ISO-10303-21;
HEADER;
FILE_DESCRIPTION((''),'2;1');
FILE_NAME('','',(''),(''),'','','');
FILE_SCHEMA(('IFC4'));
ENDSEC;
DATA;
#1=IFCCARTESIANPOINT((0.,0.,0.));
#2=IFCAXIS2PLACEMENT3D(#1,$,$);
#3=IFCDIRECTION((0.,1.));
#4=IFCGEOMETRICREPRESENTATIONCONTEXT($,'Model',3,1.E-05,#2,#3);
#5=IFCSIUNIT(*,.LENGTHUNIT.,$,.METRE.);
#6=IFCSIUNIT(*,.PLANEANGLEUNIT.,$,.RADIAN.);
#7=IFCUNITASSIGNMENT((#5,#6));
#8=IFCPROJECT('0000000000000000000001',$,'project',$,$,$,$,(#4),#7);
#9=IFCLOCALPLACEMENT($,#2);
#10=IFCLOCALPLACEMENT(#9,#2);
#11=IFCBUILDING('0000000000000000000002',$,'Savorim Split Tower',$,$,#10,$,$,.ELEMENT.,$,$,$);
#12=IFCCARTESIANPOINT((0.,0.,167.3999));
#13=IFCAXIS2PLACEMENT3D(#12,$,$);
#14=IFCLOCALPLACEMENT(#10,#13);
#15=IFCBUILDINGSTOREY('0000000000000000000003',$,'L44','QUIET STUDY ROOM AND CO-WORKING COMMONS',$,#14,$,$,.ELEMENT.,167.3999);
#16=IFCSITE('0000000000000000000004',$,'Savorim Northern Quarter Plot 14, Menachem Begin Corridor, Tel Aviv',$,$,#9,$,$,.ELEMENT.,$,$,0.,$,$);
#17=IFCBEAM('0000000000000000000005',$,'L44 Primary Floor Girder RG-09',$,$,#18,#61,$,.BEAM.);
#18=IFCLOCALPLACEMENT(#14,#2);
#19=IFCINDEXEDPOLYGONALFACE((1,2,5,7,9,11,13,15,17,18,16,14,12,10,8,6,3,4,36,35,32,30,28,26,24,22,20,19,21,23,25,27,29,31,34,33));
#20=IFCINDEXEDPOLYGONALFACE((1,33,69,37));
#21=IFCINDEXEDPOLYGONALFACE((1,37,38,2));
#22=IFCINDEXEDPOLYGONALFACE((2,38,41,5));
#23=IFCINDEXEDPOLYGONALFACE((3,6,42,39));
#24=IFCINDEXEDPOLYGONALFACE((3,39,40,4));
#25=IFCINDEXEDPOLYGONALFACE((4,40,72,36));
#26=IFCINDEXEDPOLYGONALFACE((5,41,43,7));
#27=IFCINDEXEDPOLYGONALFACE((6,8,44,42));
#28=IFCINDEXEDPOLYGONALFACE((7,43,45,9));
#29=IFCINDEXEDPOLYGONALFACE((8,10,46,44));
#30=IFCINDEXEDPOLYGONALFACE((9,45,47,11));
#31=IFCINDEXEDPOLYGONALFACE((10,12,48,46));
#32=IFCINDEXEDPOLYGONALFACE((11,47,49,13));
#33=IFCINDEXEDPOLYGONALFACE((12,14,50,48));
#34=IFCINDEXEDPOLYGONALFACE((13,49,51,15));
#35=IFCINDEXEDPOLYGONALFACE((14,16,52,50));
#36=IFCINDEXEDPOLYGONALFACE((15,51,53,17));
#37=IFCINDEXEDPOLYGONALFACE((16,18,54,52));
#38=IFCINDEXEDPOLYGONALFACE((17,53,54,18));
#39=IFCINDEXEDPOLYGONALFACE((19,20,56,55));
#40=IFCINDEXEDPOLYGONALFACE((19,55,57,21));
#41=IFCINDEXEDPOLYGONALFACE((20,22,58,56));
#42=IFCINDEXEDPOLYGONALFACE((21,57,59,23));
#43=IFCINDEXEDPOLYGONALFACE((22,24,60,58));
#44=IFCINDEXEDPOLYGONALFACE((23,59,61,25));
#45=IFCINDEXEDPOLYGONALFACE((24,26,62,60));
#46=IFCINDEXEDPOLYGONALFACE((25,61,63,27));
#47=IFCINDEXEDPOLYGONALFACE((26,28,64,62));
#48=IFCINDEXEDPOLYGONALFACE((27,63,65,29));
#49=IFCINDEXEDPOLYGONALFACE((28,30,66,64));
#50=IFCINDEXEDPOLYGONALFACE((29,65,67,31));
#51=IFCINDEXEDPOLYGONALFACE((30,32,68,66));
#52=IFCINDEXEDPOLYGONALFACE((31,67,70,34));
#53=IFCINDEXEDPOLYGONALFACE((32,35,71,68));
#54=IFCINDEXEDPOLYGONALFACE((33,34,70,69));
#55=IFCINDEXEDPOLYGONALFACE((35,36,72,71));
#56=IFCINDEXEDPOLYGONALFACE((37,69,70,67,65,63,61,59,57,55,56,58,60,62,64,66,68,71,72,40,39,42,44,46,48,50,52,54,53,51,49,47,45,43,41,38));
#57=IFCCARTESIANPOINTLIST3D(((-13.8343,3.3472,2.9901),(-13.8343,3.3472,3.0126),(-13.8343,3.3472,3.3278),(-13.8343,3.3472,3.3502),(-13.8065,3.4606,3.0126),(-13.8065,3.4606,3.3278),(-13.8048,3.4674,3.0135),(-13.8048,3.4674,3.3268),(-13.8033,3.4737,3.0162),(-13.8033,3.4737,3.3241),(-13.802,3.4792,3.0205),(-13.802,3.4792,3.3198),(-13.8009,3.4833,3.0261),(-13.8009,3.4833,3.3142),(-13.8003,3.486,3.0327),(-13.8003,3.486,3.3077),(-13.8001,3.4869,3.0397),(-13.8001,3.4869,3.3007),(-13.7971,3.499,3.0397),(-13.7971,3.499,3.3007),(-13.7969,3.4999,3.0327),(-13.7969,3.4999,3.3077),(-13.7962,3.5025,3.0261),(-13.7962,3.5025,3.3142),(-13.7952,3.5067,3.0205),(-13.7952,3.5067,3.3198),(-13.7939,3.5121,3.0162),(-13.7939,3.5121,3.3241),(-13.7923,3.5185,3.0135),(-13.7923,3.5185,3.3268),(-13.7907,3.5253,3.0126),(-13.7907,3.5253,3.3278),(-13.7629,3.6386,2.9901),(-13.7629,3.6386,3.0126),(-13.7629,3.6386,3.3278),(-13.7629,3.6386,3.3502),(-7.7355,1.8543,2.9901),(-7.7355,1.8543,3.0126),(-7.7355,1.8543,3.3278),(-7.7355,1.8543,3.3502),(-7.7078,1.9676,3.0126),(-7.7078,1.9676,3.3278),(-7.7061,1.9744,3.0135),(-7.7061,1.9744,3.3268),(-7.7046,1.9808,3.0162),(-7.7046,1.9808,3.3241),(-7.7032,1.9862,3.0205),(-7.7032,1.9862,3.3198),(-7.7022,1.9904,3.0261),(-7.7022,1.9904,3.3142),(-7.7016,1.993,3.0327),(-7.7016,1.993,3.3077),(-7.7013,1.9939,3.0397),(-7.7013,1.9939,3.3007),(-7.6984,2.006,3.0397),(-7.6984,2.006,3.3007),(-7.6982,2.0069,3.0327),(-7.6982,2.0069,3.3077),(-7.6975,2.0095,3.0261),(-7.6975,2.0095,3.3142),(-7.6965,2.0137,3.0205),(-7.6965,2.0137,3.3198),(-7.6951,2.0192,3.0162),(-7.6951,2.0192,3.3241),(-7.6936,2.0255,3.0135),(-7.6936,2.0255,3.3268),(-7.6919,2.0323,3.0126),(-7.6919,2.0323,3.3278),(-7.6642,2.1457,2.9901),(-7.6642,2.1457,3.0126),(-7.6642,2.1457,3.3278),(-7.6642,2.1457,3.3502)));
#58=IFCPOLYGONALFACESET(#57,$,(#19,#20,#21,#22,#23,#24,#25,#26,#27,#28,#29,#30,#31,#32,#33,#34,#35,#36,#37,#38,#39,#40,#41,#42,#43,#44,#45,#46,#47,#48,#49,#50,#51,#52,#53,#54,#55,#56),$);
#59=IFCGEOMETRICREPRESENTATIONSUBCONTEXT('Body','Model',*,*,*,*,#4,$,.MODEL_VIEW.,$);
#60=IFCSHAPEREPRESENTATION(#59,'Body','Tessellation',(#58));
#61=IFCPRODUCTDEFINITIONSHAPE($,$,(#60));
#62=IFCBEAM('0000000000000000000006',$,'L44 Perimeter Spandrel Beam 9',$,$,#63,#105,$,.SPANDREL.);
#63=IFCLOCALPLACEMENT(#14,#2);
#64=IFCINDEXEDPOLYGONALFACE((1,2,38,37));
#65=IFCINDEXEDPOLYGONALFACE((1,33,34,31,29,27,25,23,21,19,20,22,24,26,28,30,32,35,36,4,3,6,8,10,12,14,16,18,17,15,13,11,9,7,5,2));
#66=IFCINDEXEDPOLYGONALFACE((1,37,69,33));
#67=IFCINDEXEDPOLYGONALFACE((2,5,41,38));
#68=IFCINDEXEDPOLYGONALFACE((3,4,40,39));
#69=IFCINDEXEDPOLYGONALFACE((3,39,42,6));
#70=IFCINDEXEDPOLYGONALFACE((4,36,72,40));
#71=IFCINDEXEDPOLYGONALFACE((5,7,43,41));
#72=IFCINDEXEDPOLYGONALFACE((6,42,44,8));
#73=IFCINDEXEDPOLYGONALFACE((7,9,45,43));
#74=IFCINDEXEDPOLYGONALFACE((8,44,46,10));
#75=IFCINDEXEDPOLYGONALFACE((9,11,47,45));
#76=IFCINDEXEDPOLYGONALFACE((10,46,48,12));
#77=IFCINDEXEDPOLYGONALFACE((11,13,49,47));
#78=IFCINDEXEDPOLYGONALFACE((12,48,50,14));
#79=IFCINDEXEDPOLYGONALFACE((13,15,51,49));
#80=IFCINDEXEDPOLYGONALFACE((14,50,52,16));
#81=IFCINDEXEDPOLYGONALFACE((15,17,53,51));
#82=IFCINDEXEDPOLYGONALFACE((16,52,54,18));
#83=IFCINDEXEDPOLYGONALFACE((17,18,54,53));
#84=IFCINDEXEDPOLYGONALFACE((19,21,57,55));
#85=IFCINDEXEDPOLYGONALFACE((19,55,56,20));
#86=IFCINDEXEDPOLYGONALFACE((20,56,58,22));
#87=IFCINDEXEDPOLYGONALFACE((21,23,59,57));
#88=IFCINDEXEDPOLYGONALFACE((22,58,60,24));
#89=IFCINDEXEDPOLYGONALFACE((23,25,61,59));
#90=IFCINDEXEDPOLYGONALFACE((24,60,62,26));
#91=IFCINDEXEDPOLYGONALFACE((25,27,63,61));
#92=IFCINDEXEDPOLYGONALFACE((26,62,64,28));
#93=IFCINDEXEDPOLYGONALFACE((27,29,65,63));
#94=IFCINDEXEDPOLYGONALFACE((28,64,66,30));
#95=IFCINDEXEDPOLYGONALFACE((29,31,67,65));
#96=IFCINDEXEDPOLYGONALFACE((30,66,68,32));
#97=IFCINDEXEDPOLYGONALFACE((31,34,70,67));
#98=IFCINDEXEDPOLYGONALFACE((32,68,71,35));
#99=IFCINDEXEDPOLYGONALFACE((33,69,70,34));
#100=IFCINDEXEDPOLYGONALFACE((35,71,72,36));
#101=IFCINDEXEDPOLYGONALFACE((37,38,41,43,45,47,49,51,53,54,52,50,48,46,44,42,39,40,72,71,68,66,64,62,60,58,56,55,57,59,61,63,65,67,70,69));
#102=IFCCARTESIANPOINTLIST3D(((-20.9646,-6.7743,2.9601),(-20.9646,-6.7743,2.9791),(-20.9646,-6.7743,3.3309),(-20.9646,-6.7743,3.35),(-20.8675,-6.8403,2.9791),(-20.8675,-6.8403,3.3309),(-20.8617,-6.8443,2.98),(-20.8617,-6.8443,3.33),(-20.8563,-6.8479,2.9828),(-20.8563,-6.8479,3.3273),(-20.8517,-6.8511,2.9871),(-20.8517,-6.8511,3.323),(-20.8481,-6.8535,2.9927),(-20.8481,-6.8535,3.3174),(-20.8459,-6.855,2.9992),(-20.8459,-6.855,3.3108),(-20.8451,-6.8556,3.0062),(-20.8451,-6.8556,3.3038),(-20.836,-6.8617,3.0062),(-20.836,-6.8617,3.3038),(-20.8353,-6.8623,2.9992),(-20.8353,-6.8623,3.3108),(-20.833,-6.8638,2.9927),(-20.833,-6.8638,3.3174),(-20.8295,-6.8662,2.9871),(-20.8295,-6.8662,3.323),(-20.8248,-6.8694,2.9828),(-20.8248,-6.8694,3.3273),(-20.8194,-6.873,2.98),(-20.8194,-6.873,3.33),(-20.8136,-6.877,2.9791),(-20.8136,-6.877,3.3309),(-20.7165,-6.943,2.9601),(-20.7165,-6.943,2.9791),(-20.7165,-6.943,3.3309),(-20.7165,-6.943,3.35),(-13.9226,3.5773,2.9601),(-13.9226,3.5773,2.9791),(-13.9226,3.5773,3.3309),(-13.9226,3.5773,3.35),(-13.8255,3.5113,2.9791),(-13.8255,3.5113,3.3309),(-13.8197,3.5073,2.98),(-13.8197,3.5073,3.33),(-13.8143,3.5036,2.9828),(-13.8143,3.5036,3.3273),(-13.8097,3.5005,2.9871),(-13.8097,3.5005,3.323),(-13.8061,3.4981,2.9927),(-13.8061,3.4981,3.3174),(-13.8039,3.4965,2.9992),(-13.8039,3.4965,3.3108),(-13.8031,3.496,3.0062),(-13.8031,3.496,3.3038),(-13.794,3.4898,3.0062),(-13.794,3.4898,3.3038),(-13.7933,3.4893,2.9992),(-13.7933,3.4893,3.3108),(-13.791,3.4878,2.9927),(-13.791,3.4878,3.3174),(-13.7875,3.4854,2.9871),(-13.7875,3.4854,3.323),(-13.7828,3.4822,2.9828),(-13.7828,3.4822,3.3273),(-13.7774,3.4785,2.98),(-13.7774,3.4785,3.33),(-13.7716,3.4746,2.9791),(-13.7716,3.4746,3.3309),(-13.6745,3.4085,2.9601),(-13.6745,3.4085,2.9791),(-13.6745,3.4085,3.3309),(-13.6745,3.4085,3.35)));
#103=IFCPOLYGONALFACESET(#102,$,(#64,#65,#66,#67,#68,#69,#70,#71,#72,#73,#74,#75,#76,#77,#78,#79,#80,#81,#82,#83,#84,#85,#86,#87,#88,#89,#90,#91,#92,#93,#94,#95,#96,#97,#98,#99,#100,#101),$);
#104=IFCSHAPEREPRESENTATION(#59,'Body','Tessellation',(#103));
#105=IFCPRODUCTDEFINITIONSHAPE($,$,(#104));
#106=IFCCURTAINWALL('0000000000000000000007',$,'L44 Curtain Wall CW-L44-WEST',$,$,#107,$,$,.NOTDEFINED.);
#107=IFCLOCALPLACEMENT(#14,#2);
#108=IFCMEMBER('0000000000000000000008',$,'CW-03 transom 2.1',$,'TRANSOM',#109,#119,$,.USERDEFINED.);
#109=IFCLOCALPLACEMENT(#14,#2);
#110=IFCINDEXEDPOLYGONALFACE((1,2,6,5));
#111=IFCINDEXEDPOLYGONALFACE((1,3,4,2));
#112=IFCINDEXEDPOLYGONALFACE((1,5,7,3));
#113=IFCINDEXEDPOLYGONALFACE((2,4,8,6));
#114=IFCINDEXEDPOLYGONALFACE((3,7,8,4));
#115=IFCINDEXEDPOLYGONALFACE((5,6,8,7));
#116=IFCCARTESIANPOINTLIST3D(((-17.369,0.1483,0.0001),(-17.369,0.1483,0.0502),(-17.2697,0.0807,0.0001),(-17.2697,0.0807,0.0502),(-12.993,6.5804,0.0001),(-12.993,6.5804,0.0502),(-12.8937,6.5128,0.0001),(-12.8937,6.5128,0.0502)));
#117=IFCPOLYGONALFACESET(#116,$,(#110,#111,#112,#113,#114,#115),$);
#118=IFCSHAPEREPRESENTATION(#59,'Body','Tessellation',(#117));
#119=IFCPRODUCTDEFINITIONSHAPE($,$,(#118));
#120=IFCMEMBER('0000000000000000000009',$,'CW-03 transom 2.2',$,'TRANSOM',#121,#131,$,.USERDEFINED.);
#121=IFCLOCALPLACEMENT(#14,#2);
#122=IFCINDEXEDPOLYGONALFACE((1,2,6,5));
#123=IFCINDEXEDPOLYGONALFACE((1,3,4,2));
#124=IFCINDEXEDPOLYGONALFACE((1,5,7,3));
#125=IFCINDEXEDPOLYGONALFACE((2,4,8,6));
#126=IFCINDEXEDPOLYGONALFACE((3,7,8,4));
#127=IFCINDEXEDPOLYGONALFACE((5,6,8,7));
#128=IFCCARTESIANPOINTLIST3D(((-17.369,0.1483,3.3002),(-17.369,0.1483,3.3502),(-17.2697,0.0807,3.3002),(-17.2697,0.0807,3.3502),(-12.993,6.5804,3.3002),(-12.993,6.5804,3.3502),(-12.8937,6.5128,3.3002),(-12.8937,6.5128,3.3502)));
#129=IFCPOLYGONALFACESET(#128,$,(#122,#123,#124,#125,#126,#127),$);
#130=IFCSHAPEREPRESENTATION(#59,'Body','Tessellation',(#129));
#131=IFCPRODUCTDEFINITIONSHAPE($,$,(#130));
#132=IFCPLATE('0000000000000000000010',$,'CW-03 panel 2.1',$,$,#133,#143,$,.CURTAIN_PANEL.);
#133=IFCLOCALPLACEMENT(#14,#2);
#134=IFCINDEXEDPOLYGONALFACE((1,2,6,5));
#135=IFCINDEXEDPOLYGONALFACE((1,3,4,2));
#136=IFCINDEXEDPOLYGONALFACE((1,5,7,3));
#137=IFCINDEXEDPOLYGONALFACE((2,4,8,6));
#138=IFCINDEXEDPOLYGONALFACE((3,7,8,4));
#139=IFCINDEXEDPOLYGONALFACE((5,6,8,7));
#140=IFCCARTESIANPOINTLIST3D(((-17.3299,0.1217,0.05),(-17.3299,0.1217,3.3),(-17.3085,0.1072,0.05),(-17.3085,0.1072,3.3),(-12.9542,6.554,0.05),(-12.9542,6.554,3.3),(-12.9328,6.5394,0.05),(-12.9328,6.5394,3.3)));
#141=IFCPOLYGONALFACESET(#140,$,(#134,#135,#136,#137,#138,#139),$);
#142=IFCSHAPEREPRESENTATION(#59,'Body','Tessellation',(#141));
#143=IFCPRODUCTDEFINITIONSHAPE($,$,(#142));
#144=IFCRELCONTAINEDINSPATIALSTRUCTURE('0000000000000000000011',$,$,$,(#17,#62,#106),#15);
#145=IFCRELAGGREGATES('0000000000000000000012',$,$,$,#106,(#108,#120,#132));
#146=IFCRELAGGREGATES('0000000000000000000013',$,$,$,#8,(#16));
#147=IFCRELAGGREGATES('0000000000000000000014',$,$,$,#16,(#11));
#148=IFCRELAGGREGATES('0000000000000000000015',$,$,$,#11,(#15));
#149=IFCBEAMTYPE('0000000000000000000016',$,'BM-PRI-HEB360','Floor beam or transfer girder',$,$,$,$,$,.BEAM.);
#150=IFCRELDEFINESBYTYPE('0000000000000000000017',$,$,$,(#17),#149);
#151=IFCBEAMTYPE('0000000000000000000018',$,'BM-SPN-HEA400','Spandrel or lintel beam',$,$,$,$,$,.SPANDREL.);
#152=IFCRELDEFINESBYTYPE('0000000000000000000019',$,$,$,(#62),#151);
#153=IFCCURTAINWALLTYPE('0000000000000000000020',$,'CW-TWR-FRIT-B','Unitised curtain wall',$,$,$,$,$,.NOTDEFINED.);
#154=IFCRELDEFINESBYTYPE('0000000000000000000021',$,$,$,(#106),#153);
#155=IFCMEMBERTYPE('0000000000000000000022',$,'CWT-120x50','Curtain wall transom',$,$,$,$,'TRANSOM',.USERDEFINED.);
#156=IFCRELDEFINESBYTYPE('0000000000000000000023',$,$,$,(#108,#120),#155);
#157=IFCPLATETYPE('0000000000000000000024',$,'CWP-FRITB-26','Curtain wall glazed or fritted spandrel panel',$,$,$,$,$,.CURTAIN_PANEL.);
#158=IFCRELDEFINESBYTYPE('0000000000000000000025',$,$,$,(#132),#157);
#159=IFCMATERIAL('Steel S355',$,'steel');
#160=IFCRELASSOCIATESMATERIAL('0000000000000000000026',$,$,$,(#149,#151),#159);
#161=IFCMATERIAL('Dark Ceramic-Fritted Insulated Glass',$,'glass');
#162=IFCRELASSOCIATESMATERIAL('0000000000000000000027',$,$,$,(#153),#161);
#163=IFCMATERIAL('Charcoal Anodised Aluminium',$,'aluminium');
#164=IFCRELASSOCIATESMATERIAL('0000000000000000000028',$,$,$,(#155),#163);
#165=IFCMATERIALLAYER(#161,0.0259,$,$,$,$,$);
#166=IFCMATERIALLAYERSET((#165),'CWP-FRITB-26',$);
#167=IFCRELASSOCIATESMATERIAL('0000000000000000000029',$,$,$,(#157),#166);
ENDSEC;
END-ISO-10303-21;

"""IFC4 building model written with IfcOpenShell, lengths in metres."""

from ifc_helpers import new_model, si_unit, direction, frame, origin, origin_2d, place, context, subcontext, project, spatial, rectangle, i_section, extrude, material, layer, layer_set, material_profile, profile_set, type_object, element, aggregate, save


model = new_model("IFC4")

# Units and contexts
model_context = context("Model", 3, precision=1e-05, world=origin(), true_north=direction((0.0, 1.0)))
body_context = subcontext(model_context, "Body", "Model", "MODEL_VIEW")
ifc_project = project(units=[si_unit("LENGTHUNIT", "METRE"), si_unit("PLANEANGLEUNIT", "RADIAN")], contexts=[model_context])

# Site, building, storey
site_placement = place(None, origin())
site = spatial("IfcSite", under=ifc_project, at=site_placement, Name="Savorim Northern Quarter Plot 14, Menachem Begin Corridor, Tel Aviv", CompositionType="ELEMENT", RefElevation=0.0)
building_placement = place(site_placement, origin())
building = spatial("IfcBuilding", under=site, at=building_placement, Name="Savorim Split Tower", CompositionType="ELEMENT")
storey_placement = place(building_placement, frame((0.0, 0.0, 167.3999)))
storey = spatial("IfcBuildingStorey", under=building, at=storey_placement, Name="L44", Description="QUIET STUDY ROOM AND CO-WORKING COMMONS", CompositionType="ELEMENT", Elevation=167.3999)

# Beams
ifc_material_1 = material(Name="Steel S355", Category="steel")
ifc_material_profile_1 = material_profile(ifc_material_1, i_section(OverallWidth=0.3, OverallDepth=0.3601, WebThickness=0.0125, FlangeThickness=0.0225, FilletRadius=0.0271, at=origin_2d()), Name="HEB 360")
ifc_profile_set_1 = profile_set([ifc_material_profile_1], Name="Steel S355")
beam_type_1 = type_object("IfcBeamType", Name="BM-PRI-HEB360", Description="Floor beam or transfer girder", PredefinedType="BEAM", material=ifc_profile_set_1)
beam_1_placement = place(storey_placement, frame((-13.7986, 3.4929, 3.1702), z_axis=(0.97132, -0.237775, 0.0), x_axis=(0.237775, 0.97132, 0.0)))
element("IfcBeam", 1, at=beam_1_placement, inside=storey, type_object=beam_type_1, Name="L44 Primary Floor Girder RG-09", PredefinedType="BEAM", context=body_context, shape_type="SweptSolid", body=[
    extrude(i_section(OverallWidth=0.3, OverallDepth=0.3601, WebThickness=0.0125, FlangeThickness=0.0225, FilletRadius=0.0271, at=origin_2d()), origin(), (0.0, 0.0, 1.0), 6.2788),
])
ifc_material_profile_2 = material_profile(ifc_material_1, i_section(OverallWidth=0.3, OverallDepth=0.3899, WebThickness=0.011, FlangeThickness=0.019, FilletRadius=0.0271, at=origin_2d()), Name="HEA 400")
ifc_profile_set_2 = profile_set([ifc_material_profile_2], Name="Steel S355")
beam_type_2 = type_object("IfcBeamType", Name="BM-SPN-HEA400", Description="Spandrel or lintel beam", PredefinedType="SPANDREL", material=ifc_profile_set_2)
beam_2_placement = place(storey_placement, frame((-13.7986, 3.4929, 3.155), z_axis=(-0.56247, -0.826818, 0.0), x_axis=(0.826818, -0.56247, 0.0)))
element("IfcBeam", 2, at=beam_2_placement, inside=storey, type_object=beam_type_2, Name="L44 Perimeter Spandrel Beam 9", PredefinedType="SPANDREL", context=body_context, shape_type="SweptSolid", body=[
    extrude(i_section(OverallWidth=0.3, OverallDepth=0.3899, WebThickness=0.011, FlangeThickness=0.019, FilletRadius=0.0271, at=origin_2d()), origin(), (0.0, 0.0, 1.0), 12.5198),
])

# Curtain wall, members, plate
ifc_material_2 = material(Name="Dark Ceramic-Fritted Insulated Glass", Category="glass")
curtain_wall_type = type_object("IfcCurtainWallType", Name="CW-TWR-FRIT-B", Description="Unitised curtain wall", PredefinedType="NOTDEFINED", material=ifc_material_2)
curtain_wall_placement = place(storey_placement, origin())
curtain_wall = element("IfcCurtainWall", 3, at=curtain_wall_placement, inside=storey, type_object=curtain_wall_type, Name="L44 Curtain Wall CW-L44-WEST", PredefinedType="NOTDEFINED")
ifc_material_3 = material(Name="Charcoal Anodised Aluminium", Category="aluminium")
ifc_material_profile_3 = material_profile(ifc_material_3, rectangle(XDim=0.1201, YDim=0.05, at=origin_2d()), Name="ALU-T 120x50")
ifc_profile_set_3 = profile_set([ifc_material_profile_3], Name="Charcoal Anodised Aluminium")
member_type = type_object("IfcMemberType", Name="CWT-120x50", Description="Curtain wall transom", ElementType="TRANSOM", PredefinedType="USERDEFINED", material=ifc_profile_set_3)
member_1_placement = place(storey_placement, frame((-12.9434, 6.5466, 0.0251), z_axis=(-0.562497, -0.826799, 0.0), x_axis=(0.826799, -0.562497, 0.0)))
member_1 = element("IfcMember", 4, at=member_1_placement, type_object=member_type, Name="CW-03 transom 2.1", ObjectType="TRANSOM", PredefinedType="USERDEFINED", context=body_context, shape_type="SweptSolid", body=[
    extrude(rectangle(XDim=0.1201, YDim=0.05, at=origin_2d()), origin(), (0.0, 0.0, 1.0), 7.7795),
])
member_2_placement = place(storey_placement, frame((-12.9434, 6.5466, 3.3252), z_axis=(-0.562497, -0.826799, 0.0), x_axis=(0.826799, -0.562497, 0.0)))
member_2 = element("IfcMember", 5, at=member_2_placement, type_object=member_type, Name="CW-03 transom 2.2", ObjectType="TRANSOM", PredefinedType="USERDEFINED", context=body_context, shape_type="SweptSolid", body=[
    extrude(rectangle(XDim=0.1201, YDim=0.05, at=origin_2d()), origin(), (0.0, 0.0, 1.0), 7.7795),
])
ifc_layer_1 = layer(ifc_material_2, 0.0259)
ifc_layer_set_1 = layer_set([ifc_layer_1], Name="CWP-FRITB-26")
plate_type = type_object("IfcPlateType", Name="CWP-FRITB-26", Description="Curtain wall glazed or fritted spandrel panel", PredefinedType="CURTAIN_PANEL", material=ifc_layer_set_1)
plate_placement = place(storey_placement, frame((-15.1313, 3.3306, 0.05), z_axis=(0.0, 0.0, 1.0), x_axis=(-0.562468, -0.826819, 0.0)))
plate = element("IfcPlate", 6, at=plate_placement, type_object=plate_type, Name="CW-03 panel 2.1", PredefinedType="CURTAIN_PANEL", context=body_context, shape_type="SweptSolid", body=[
    extrude(rectangle(XDim=7.7795, YDim=0.0259, at=origin_2d()), origin(), (0.0, 0.0, 1.0), 3.25),
])
aggregate(curtain_wall, [member_1, member_2, plate])

save(model, "model.ifc")
